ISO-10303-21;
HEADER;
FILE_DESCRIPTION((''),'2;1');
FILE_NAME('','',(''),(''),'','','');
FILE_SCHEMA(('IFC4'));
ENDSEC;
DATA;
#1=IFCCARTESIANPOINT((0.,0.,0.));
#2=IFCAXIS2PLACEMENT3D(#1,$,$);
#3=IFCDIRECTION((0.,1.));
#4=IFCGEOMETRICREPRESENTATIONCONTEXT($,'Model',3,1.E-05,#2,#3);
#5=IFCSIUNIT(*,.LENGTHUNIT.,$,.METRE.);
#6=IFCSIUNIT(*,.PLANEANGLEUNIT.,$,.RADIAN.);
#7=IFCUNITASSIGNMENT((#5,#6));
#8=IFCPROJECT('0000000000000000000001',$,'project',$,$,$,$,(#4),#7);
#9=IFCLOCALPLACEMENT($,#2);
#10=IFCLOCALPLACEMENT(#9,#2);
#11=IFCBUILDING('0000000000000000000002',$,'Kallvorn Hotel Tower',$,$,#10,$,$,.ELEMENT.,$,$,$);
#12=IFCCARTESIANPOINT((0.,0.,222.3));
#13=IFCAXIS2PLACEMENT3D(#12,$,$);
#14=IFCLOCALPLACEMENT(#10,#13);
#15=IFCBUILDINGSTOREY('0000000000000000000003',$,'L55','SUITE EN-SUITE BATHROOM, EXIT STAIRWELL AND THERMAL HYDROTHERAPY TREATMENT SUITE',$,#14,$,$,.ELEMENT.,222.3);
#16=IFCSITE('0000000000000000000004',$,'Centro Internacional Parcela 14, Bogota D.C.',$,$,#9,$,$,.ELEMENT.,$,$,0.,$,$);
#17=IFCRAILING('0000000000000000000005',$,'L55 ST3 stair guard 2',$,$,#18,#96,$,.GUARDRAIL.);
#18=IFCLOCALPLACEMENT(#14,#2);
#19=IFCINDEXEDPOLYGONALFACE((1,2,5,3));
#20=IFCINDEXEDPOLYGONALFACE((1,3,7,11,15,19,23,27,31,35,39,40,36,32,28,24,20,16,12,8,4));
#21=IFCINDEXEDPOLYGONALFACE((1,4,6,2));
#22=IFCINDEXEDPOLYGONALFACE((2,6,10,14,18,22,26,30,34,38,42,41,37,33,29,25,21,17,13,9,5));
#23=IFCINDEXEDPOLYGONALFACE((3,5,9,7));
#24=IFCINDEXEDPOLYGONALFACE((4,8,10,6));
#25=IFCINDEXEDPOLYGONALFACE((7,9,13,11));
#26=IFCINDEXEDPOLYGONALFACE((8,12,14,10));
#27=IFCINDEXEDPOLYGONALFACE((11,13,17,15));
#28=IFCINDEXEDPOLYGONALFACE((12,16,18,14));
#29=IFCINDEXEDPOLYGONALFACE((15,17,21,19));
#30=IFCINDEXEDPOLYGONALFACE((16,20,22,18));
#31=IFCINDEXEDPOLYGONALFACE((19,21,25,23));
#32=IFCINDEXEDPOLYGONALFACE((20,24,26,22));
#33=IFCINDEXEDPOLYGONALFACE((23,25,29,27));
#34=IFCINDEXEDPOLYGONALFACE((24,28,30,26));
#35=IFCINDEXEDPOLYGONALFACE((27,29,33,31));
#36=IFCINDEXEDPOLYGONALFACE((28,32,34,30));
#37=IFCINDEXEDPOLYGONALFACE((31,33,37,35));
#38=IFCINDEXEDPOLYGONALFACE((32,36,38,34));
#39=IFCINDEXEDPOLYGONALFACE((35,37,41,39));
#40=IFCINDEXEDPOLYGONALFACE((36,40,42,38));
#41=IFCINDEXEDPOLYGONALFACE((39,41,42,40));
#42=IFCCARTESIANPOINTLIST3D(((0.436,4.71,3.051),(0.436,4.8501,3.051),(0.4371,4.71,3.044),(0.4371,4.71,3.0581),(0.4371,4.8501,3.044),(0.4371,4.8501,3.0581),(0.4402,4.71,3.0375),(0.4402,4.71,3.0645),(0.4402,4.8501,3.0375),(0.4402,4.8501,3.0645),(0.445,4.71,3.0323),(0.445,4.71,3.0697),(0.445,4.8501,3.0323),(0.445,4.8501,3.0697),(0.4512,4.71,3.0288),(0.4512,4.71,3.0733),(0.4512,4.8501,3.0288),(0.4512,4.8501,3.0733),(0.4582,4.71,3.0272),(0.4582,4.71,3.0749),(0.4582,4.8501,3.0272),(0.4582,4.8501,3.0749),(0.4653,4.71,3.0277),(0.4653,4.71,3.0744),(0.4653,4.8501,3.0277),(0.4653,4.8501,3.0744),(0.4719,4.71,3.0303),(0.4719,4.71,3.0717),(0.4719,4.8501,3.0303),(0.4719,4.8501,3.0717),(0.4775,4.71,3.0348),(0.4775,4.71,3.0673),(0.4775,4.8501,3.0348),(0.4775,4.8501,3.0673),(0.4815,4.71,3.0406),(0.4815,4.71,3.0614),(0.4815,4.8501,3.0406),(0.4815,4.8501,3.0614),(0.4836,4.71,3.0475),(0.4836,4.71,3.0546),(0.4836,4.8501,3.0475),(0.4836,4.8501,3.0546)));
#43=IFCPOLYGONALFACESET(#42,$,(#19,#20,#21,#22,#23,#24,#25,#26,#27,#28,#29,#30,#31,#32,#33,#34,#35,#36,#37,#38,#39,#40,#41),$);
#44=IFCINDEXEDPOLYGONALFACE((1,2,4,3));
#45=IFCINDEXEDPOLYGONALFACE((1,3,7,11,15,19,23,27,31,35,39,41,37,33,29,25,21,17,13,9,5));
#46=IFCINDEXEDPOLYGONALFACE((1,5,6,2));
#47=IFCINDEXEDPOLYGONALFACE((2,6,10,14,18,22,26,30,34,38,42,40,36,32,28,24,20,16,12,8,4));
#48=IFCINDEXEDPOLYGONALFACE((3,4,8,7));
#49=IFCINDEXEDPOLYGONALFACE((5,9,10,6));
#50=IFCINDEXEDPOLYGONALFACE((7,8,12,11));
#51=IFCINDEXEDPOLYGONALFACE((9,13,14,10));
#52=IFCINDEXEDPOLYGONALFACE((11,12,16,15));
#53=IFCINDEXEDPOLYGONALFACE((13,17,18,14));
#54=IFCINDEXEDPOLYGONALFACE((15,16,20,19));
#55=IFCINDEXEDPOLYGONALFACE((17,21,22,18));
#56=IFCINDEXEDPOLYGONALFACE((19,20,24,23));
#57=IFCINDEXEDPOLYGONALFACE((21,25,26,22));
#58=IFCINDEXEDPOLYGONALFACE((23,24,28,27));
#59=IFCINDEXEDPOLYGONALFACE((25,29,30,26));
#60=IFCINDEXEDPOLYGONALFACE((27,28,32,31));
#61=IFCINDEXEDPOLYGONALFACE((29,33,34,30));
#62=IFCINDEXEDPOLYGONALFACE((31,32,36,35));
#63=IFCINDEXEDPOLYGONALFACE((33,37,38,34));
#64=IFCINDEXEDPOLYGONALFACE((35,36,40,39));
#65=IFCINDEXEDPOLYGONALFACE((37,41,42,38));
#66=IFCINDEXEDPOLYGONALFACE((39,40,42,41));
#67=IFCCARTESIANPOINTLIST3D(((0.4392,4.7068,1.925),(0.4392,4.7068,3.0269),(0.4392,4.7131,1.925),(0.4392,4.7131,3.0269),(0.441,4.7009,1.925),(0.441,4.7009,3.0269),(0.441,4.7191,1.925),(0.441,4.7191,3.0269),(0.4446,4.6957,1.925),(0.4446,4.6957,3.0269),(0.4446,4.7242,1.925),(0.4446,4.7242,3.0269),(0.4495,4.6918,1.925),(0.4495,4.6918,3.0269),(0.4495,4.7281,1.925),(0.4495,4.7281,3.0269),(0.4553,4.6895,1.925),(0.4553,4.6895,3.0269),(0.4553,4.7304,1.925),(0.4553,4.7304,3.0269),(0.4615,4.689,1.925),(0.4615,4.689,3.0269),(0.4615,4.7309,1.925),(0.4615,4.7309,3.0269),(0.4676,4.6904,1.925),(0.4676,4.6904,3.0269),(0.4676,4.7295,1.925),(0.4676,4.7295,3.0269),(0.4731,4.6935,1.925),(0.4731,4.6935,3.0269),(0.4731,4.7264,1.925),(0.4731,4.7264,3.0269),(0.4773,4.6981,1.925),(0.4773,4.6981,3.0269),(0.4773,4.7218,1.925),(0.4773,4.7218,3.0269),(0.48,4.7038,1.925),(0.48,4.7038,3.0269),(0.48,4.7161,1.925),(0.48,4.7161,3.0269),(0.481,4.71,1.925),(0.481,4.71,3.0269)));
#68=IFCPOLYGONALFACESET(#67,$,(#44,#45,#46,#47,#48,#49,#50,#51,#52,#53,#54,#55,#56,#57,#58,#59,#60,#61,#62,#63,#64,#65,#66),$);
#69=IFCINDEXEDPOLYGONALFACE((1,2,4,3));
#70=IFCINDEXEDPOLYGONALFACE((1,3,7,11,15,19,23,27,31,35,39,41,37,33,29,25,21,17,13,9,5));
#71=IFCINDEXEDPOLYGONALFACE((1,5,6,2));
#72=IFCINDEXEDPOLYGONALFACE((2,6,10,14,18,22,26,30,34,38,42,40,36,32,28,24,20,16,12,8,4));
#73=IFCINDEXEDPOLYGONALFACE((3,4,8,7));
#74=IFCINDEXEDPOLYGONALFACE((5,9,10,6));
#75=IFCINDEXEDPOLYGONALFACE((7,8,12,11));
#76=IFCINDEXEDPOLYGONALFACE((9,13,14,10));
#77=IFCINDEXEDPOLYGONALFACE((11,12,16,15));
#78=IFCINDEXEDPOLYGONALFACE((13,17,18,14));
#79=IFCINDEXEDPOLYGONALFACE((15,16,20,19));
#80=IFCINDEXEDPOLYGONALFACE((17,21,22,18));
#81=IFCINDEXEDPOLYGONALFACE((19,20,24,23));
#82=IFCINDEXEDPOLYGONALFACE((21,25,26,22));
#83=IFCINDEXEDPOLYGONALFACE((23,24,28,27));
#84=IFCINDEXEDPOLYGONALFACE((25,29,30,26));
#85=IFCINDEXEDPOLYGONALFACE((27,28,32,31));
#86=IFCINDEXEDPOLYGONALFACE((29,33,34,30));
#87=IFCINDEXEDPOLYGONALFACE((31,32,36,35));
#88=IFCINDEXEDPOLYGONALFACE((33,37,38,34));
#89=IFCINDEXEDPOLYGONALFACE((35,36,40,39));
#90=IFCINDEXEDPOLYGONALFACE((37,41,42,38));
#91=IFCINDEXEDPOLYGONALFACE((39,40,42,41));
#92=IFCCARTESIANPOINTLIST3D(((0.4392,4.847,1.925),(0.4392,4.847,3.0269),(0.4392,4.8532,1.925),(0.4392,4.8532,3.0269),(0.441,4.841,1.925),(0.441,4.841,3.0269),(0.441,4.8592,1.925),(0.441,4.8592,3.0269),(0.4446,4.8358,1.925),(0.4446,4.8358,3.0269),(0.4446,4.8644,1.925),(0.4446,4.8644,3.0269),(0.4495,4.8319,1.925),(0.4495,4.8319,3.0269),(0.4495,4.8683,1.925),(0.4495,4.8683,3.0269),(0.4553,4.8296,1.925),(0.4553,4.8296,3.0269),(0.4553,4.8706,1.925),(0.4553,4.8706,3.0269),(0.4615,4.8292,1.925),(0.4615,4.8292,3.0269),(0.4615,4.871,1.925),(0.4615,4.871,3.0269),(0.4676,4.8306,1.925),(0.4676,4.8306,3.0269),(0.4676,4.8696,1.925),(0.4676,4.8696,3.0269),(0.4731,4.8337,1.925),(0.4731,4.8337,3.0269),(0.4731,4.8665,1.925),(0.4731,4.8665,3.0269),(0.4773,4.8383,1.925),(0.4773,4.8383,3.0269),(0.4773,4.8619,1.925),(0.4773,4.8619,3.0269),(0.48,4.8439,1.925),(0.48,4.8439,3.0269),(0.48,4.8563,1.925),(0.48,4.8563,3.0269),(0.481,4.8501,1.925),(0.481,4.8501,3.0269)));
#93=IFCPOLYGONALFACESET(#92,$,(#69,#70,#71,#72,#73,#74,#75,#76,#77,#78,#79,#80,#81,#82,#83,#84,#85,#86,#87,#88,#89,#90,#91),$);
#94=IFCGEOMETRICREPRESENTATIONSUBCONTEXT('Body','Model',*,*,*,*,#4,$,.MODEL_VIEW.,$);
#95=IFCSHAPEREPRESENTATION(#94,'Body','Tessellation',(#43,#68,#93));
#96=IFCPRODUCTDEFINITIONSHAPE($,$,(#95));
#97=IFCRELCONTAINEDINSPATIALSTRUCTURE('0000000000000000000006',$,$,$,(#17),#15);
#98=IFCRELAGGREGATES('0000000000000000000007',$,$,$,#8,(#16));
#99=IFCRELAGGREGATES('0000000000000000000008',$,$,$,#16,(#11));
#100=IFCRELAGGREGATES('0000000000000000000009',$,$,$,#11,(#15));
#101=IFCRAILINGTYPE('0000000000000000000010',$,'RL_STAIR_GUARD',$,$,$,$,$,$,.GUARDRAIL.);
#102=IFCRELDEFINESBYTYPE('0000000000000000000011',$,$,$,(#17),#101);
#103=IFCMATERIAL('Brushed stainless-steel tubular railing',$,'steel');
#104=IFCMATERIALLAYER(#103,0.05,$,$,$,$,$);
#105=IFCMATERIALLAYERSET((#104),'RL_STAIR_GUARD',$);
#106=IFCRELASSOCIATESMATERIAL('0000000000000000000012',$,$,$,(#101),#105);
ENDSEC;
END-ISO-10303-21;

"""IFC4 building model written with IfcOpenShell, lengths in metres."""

from ifc_helpers import new_model, si_unit, direction, frame, origin, origin_2d, place, context, subcontext, project, spatial, circle, extrude, material, layer, layer_set, type_object, element, save


model = new_model("IFC4")

# Units and contexts
model_context = context("Model", 3, precision=1e-05, world=origin(), true_north=direction((0.0, 1.0)))
body_context = subcontext(model_context, "Body", "Model", "MODEL_VIEW")
ifc_project = project(units=[si_unit("LENGTHUNIT", "METRE"), si_unit("PLANEANGLEUNIT", "RADIAN")], contexts=[model_context])

# Site, building, storey
site_placement = place(None, origin())
site = spatial("IfcSite", under=ifc_project, at=site_placement, Name="Centro Internacional Parcela 14, Bogota D.C.", CompositionType="ELEMENT", RefElevation=0.0)
building_placement = place(site_placement, origin())
building = spatial("IfcBuilding", under=site, at=building_placement, Name="Kallvorn Hotel Tower", CompositionType="ELEMENT")
storey_placement = place(building_placement, frame((0.0, 0.0, 222.3)))
storey = spatial("IfcBuildingStorey", under=building, at=storey_placement, Name="L55", Description="SUITE EN-SUITE BATHROOM, EXIT STAIRWELL AND THERMAL HYDROTHERAPY TREATMENT SUITE", CompositionType="ELEMENT", Elevation=222.3)

# Railing
ifc_material_1 = material(Name="Brushed stainless-steel tubular railing", Category="steel")
ifc_layer_1 = layer(ifc_material_1, 0.05)
ifc_layer_set_1 = layer_set([ifc_layer_1], Name="RL_STAIR_GUARD")
railing_type_1 = type_object("IfcRailingType", Name="RL_STAIR_GUARD", PredefinedType="GUARDRAIL", material=ifc_layer_set_1)
railing_1_placement = place(storey_placement, frame((0.46, 4.71, 1.925)))
element("IfcRailing", 1, at=railing_1_placement, inside=storey, type_object=railing_type_1, Name="L55 ST3 stair guard 2", PredefinedType="GUARDRAIL", context=body_context, shape_type="SweptSolid", body=[
    extrude(circle(Radius=0.0239, at=origin_2d()), frame((0.0, 0.0, 1.126), z_axis=(0.0, 1.0, 0.0), x_axis=(-1.0, 0.0, 0.0)), (0.0, 0.0, 1.0), 0.1401),
    extrude(circle(Radius=0.021, at=origin_2d()), origin(), (0.0, 0.0, 1.0), 1.1018),
    extrude(circle(Radius=0.021, at=origin_2d()), frame((0.0, 0.1401, 0.0)), (0.0, 0.0, 1.0), 1.1018),
])

save(model, "model.ifc")
